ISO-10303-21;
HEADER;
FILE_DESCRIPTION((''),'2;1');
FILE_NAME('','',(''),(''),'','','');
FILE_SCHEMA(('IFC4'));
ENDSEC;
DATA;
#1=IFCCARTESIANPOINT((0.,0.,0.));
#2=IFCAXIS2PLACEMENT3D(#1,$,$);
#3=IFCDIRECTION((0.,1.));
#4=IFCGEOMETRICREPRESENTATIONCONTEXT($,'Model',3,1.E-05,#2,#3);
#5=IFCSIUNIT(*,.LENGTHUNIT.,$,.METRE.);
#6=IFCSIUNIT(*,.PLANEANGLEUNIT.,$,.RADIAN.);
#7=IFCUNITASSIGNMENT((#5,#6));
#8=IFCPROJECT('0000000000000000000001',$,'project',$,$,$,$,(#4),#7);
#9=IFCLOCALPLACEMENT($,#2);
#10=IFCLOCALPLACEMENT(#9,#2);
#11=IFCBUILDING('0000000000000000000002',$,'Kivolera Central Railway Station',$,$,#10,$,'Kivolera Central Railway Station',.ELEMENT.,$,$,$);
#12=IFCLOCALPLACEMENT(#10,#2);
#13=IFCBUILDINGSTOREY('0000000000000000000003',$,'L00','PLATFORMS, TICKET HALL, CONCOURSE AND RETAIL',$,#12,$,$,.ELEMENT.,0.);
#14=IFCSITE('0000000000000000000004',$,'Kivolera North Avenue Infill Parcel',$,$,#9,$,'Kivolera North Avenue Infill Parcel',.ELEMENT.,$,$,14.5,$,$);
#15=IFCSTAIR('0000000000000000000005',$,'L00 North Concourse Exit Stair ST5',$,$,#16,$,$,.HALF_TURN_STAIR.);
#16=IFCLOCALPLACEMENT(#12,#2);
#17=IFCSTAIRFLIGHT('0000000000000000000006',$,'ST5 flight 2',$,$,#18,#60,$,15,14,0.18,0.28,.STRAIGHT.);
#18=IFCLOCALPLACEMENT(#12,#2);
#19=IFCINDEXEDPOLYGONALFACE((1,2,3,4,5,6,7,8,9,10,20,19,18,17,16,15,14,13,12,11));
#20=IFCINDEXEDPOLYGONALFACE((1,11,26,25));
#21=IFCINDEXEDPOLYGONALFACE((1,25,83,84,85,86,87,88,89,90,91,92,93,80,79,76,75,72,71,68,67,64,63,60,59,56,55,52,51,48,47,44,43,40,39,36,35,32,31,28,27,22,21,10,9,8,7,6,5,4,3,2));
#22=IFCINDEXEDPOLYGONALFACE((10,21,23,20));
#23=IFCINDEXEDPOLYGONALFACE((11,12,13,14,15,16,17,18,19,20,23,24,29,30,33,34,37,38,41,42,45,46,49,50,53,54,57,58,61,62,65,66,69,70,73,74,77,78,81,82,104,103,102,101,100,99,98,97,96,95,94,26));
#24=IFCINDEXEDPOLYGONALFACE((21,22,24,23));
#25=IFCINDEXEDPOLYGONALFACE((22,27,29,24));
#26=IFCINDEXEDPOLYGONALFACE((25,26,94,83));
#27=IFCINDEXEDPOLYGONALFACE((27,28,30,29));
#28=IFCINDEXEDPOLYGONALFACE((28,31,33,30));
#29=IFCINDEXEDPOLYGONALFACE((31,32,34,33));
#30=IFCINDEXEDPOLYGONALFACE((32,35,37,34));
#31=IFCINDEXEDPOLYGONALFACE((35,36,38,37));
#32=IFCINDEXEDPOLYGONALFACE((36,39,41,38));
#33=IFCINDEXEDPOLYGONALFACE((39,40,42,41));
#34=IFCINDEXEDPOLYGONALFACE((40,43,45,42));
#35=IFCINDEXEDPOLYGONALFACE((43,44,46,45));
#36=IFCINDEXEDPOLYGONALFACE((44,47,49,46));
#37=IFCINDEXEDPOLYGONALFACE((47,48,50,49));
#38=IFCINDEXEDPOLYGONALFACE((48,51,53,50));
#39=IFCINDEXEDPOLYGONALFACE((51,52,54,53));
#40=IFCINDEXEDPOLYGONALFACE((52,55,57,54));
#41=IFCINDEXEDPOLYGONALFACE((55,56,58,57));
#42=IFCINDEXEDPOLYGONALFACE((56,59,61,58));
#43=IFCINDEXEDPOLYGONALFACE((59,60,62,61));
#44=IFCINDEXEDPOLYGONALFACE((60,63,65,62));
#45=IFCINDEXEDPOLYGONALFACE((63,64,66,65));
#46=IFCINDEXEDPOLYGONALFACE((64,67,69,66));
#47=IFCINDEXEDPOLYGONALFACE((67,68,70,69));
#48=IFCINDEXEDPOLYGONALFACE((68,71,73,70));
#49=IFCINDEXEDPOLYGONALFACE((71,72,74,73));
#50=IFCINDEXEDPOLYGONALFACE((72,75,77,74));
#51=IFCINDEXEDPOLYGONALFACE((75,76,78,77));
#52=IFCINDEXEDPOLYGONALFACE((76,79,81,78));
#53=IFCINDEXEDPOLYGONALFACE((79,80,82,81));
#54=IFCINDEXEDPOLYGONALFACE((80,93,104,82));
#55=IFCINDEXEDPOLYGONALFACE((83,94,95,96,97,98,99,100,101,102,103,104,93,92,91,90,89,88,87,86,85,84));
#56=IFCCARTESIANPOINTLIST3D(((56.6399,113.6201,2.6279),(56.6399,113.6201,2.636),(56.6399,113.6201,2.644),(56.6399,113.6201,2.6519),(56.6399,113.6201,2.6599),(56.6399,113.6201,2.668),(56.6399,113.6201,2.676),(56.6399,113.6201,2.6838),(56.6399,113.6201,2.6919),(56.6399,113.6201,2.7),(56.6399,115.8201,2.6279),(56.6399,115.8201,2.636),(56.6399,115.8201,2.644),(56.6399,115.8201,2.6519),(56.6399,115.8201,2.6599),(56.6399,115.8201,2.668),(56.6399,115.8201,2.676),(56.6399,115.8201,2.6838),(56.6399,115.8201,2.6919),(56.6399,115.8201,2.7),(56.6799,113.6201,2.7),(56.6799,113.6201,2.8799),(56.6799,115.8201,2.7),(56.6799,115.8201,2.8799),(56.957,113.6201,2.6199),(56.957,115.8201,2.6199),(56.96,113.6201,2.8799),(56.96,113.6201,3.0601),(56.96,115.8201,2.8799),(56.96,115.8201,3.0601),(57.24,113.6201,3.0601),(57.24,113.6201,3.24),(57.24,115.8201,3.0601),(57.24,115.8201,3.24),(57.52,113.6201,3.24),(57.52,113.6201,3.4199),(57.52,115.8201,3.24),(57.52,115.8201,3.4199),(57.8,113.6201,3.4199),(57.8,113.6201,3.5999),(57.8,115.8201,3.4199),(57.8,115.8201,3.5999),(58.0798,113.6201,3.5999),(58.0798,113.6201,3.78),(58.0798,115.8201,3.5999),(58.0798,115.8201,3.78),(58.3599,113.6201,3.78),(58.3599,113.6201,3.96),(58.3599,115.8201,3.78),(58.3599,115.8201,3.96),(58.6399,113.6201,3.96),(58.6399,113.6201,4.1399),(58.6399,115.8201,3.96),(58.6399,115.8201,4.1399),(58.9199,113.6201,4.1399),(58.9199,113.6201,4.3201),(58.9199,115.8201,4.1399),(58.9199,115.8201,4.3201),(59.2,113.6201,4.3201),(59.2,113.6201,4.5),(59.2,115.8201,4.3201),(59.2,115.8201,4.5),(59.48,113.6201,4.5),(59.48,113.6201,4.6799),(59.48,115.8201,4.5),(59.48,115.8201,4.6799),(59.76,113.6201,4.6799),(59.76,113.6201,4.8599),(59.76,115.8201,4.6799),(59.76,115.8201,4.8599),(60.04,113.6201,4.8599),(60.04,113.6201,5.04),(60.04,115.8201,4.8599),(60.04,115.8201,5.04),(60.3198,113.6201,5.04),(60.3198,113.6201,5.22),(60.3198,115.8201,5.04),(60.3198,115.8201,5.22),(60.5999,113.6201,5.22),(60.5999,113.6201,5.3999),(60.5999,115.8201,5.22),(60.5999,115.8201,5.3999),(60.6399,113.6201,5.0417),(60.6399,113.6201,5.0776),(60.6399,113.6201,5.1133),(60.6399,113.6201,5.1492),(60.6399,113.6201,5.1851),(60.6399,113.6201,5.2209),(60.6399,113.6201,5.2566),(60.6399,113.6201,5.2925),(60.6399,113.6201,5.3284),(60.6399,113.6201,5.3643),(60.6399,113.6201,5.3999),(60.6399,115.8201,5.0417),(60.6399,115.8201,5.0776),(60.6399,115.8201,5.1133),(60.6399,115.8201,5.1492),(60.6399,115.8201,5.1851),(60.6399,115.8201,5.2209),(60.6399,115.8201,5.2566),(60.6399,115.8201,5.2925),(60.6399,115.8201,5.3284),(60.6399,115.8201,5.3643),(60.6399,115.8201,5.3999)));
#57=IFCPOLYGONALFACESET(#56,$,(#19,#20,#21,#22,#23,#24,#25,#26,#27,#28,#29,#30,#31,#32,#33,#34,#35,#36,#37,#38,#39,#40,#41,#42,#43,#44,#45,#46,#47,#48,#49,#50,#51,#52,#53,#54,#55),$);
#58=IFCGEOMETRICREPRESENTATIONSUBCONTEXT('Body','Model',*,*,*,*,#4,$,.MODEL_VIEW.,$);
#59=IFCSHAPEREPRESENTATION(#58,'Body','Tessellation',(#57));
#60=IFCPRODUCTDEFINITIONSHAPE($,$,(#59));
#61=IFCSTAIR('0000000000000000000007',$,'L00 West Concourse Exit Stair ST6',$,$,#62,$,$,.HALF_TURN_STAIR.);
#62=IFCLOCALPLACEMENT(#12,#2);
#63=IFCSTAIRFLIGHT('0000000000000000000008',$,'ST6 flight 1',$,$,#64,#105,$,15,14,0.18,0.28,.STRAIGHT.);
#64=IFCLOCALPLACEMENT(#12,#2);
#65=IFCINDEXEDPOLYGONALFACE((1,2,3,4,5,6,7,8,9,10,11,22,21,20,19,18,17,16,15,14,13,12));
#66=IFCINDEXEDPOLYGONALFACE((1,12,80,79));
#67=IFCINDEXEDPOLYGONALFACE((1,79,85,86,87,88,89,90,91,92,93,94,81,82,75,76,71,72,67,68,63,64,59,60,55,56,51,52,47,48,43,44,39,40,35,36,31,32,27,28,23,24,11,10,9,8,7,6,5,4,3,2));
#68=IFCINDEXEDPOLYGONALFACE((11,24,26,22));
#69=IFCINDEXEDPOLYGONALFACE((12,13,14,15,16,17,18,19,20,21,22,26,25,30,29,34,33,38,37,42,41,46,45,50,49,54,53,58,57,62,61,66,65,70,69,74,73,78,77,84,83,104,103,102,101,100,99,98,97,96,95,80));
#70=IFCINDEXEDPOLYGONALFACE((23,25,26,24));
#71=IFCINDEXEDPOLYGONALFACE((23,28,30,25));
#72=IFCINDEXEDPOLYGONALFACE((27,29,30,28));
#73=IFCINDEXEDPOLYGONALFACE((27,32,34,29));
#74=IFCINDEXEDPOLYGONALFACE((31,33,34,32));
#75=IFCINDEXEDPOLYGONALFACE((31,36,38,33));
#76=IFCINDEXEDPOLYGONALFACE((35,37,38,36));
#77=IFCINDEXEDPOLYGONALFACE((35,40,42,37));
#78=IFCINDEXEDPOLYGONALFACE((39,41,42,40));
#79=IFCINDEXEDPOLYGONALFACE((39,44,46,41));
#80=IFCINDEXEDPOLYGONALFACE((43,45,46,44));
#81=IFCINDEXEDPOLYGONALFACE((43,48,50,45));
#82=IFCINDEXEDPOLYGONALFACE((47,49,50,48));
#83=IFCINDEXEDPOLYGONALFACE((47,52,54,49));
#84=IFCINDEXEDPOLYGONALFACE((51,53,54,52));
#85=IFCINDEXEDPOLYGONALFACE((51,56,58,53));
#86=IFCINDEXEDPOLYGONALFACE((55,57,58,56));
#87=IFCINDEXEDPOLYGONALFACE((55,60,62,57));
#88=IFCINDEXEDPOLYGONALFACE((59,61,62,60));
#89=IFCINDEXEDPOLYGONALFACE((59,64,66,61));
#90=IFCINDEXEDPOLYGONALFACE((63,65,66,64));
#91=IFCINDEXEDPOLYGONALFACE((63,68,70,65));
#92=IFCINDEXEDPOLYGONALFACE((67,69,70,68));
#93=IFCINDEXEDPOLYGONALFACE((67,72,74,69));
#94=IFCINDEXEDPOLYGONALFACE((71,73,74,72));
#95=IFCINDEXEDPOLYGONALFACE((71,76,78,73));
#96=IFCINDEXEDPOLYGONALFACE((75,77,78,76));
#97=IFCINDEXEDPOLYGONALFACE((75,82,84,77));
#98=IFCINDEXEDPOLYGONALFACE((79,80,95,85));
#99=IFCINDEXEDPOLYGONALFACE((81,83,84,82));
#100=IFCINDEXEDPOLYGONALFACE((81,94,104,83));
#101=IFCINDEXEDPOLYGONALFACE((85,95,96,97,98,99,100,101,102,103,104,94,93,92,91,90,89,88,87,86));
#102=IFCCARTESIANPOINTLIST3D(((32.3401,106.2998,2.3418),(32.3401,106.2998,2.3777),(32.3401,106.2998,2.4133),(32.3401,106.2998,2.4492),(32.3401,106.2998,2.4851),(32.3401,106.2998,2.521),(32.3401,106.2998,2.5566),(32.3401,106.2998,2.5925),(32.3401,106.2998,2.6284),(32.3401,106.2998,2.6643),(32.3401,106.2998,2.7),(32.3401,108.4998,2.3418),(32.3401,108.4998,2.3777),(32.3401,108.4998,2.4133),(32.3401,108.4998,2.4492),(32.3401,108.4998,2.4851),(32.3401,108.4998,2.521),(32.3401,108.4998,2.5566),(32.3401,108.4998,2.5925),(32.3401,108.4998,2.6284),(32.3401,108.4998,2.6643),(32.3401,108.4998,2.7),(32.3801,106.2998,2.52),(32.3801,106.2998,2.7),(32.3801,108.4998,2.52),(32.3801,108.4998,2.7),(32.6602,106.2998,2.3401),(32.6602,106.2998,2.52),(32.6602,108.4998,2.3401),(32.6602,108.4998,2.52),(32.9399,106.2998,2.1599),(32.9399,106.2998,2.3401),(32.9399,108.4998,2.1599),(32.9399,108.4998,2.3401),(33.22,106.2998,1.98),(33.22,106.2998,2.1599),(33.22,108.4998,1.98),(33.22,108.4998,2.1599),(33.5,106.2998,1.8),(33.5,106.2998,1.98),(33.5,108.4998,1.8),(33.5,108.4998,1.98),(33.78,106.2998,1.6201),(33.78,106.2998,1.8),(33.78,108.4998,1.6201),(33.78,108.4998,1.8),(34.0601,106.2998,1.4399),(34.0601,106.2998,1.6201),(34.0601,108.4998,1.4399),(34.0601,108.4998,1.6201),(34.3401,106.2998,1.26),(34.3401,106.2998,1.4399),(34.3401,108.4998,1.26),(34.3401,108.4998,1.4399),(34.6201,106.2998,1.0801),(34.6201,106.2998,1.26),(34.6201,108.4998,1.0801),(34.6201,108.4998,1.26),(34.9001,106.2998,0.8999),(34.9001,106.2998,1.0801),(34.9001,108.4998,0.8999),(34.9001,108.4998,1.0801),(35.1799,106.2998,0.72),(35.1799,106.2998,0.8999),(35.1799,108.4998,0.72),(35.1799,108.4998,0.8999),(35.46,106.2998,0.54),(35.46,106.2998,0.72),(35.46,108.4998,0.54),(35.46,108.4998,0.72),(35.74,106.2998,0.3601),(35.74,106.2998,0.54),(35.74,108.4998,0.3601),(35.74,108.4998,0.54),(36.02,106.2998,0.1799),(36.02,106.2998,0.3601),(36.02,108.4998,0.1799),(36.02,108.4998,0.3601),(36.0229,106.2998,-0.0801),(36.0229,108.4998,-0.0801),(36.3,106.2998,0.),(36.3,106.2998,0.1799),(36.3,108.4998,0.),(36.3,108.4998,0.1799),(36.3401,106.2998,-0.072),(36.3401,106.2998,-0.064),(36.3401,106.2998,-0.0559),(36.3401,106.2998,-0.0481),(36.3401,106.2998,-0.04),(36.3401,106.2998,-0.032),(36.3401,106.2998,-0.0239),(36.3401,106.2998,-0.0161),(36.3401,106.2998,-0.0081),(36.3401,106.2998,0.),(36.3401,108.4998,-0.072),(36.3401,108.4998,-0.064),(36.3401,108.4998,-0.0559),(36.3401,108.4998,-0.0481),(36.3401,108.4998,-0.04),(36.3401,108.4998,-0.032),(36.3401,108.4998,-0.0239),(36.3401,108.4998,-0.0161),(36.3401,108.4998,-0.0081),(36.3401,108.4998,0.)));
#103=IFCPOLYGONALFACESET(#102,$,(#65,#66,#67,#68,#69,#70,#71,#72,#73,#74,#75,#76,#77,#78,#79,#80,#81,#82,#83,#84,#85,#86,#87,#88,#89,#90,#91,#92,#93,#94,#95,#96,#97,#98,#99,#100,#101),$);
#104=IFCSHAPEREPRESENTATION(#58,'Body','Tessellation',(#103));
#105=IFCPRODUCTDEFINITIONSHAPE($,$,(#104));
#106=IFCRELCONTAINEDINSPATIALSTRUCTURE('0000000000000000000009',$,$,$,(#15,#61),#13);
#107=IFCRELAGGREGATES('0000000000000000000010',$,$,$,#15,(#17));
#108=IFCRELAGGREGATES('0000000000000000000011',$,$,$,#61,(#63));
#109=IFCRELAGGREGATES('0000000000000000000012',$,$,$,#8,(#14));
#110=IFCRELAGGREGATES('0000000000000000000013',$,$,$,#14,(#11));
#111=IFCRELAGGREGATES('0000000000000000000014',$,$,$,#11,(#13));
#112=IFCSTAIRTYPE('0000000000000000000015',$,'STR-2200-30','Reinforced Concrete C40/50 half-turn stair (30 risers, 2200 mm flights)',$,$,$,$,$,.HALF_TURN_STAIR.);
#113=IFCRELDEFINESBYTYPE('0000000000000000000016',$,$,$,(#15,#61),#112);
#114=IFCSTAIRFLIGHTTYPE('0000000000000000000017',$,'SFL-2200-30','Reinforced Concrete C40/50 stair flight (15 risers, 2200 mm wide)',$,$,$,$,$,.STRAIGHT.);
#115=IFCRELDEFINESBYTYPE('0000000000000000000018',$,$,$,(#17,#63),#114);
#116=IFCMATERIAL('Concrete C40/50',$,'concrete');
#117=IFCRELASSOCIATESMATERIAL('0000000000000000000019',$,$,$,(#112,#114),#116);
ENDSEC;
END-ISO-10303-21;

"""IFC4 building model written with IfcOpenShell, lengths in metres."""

from ifc_helpers import new_model, si_unit, direction, frame, origin, place, context, subcontext, project, spatial, polyline, outline, extrude, material, type_object, element, aggregate, save


model = new_model("IFC4")

# Units and contexts
model_context = context("Model", 3, precision=1e-05, world=origin(), true_north=direction((0.0, 1.0)))
body_context = subcontext(model_context, "Body", "Model", "MODEL_VIEW")
ifc_project = project(units=[si_unit("LENGTHUNIT", "METRE"), si_unit("PLANEANGLEUNIT", "RADIAN")], contexts=[model_context])

# Site, building, storey
site_placement = place(None, origin())
site = spatial("IfcSite", under=ifc_project, at=site_placement, Name="Kivolera North Avenue Infill Parcel", LongName="Kivolera North Avenue Infill Parcel", CompositionType="ELEMENT", RefElevation=14.5)
building_placement = place(site_placement, origin())
building = spatial("IfcBuilding", under=site, at=building_placement, Name="Kivolera Central Railway Station", LongName="Kivolera Central Railway Station", CompositionType="ELEMENT")
storey_placement = place(building_placement, origin())
storey = spatial("IfcBuildingStorey", under=building, at=storey_placement, Name="L00", Description="PLATFORMS, TICKET HALL, CONCOURSE AND RETAIL", CompositionType="ELEMENT", Elevation=0.0)

# Shared definitions
ifc_material_1 = material(Name="Concrete C40/50", Category="concrete")

# Stair, stair flight
stair_type = type_object("IfcStairType", Name="STR-2200-30", Description="Reinforced Concrete C40/50 half-turn stair (30 risers, 2200 mm flights)", PredefinedType="HALF_TURN_STAIR", material=ifc_material_1)
stair_1_placement = place(storey_placement, origin())
stair_1 = element("IfcStair", 1, at=stair_1_placement, inside=storey, type_object=stair_type, Name="L00 North Concourse Exit Stair ST5", PredefinedType="HALF_TURN_STAIR")
stair_flight_type = type_object("IfcStairFlightType", Name="SFL-2200-30", Description="Reinforced Concrete C40/50 stair flight (15 risers, 2200 mm wide)", PredefinedType="STRAIGHT", material=ifc_material_1)
stair_flight_1_placement = place(storey_placement, frame((56.6799, 114.72, 2.7), z_axis=(0.0, 0.0, 1.0), x_axis=(1.0, 0.0, 0.0)))
stair_flight_1 = element("IfcStairFlight", 2, at=stair_flight_1_placement, type_object=stair_flight_type, Name="ST5 flight 2", NumberOfRisers=15, NumberOfTreads=14, PredefinedType="STRAIGHT", RiserHeight=0.18, TreadLength=0.28, context=body_context, shape_type="SweptSolid", body=[
    extrude(outline(polyline([(-0.04, 0.0), (0.0, 0.0), (0.0, 0.1799), (0.28, 0.1799), (0.28, 0.3601), (0.5601, 0.3601), (0.5601, 0.54), (0.8401, 0.54), (0.8401, 0.72), (1.1201, 0.72), (1.1201, 0.8999), (1.3999, 0.8999), (1.3999, 1.0801), (1.6799, 1.0801), (1.6799, 1.26), (1.96, 1.26), (1.96, 1.4399), (2.24, 1.4399), (2.24, 1.6201), (2.52, 1.6201), (2.52, 1.8), (2.8, 1.8), (2.8, 1.98), (3.0801, 1.98), (3.0801, 2.1599), (3.3601, 2.1599), (3.3601, 2.3401), (3.6399, 2.3401), (3.6399, 2.52), (3.9199, 2.52), (3.9199, 2.7), (3.96, 2.7), (3.96, 2.6643), (3.96, 2.6284), (3.96, 2.5925), (3.96, 2.5566), (3.96, 2.521), (3.96, 2.4851), (3.96, 2.4492), (3.96, 2.4133), (3.96, 2.3777), (3.96, 2.3418), (0.2771, -0.0801), (-0.04, -0.072), (-0.04, -0.064), (-0.04, -0.0559), (-0.04, -0.0481), (-0.04, -0.04), (-0.04, -0.032), (-0.04, -0.0239), (-0.04, -0.0161), (-0.04, -0.0081), (-0.04, 0.0)])), frame((0.0, 1.1001, 0.0), z_axis=(0.0, -1.0, 0.0), x_axis=(1.0, 0.0, 0.0)), (0.0, 0.0, 1.0), 2.2),
])
aggregate(stair_1, [stair_flight_1])

# Stair, stair flight
stair_2_placement = place(storey_placement, origin())
stair_2 = element("IfcStair", 3, at=stair_2_placement, inside=storey, type_object=stair_type, Name="L00 West Concourse Exit Stair ST6", PredefinedType="HALF_TURN_STAIR")
stair_flight_2_placement = place(storey_placement, frame((36.3, 107.3999, 0.0), z_axis=(0.0, 0.0, 1.0), x_axis=(-1.0, 0.0, 0.0)))
stair_flight_2 = element("IfcStairFlight", 4, at=stair_flight_2_placement, type_object=stair_flight_type, Name="ST6 flight 1", NumberOfRisers=15, NumberOfTreads=14, PredefinedType="STRAIGHT", RiserHeight=0.18, TreadLength=0.28, context=body_context, shape_type="SweptSolid", body=[
    extrude(outline(polyline([(-0.04, 0.0), (0.0, 0.0), (0.0, 0.1799), (0.28, 0.1799), (0.28, 0.3601), (0.5601, 0.3601), (0.5601, 0.54), (0.8401, 0.54), (0.8401, 0.72), (1.1201, 0.72), (1.1201, 0.8999), (1.3999, 0.8999), (1.3999, 1.0801), (1.6799, 1.0801), (1.6799, 1.26), (1.96, 1.26), (1.96, 1.4399), (2.24, 1.4399), (2.24, 1.6201), (2.52, 1.6201), (2.52, 1.8), (2.8, 1.8), (2.8, 1.98), (3.0801, 1.98), (3.0801, 2.1599), (3.3601, 2.1599), (3.3601, 2.3401), (3.6399, 2.3401), (3.6399, 2.52), (3.9199, 2.52), (3.9199, 2.7), (3.96, 2.7), (3.96, 2.6643), (3.96, 2.6284), (3.96, 2.5925), (3.96, 2.5566), (3.96, 2.521), (3.96, 2.4851), (3.96, 2.4492), (3.96, 2.4133), (3.96, 2.3777), (3.96, 2.3418), (0.2771, -0.0801), (-0.04, -0.072), (-0.04, -0.064), (-0.04, -0.0559), (-0.04, -0.0481), (-0.04, -0.04), (-0.04, -0.032), (-0.04, -0.0239), (-0.04, -0.0161), (-0.04, -0.0081), (-0.04, 0.0)])), frame((0.0, 1.1001, 0.0), z_axis=(0.0, -1.0, 0.0), x_axis=(1.0, 0.0, 0.0)), (0.0, 0.0, 1.0), 2.2),
])
aggregate(stair_2, [stair_flight_2])

save(model, "model.ifc")
